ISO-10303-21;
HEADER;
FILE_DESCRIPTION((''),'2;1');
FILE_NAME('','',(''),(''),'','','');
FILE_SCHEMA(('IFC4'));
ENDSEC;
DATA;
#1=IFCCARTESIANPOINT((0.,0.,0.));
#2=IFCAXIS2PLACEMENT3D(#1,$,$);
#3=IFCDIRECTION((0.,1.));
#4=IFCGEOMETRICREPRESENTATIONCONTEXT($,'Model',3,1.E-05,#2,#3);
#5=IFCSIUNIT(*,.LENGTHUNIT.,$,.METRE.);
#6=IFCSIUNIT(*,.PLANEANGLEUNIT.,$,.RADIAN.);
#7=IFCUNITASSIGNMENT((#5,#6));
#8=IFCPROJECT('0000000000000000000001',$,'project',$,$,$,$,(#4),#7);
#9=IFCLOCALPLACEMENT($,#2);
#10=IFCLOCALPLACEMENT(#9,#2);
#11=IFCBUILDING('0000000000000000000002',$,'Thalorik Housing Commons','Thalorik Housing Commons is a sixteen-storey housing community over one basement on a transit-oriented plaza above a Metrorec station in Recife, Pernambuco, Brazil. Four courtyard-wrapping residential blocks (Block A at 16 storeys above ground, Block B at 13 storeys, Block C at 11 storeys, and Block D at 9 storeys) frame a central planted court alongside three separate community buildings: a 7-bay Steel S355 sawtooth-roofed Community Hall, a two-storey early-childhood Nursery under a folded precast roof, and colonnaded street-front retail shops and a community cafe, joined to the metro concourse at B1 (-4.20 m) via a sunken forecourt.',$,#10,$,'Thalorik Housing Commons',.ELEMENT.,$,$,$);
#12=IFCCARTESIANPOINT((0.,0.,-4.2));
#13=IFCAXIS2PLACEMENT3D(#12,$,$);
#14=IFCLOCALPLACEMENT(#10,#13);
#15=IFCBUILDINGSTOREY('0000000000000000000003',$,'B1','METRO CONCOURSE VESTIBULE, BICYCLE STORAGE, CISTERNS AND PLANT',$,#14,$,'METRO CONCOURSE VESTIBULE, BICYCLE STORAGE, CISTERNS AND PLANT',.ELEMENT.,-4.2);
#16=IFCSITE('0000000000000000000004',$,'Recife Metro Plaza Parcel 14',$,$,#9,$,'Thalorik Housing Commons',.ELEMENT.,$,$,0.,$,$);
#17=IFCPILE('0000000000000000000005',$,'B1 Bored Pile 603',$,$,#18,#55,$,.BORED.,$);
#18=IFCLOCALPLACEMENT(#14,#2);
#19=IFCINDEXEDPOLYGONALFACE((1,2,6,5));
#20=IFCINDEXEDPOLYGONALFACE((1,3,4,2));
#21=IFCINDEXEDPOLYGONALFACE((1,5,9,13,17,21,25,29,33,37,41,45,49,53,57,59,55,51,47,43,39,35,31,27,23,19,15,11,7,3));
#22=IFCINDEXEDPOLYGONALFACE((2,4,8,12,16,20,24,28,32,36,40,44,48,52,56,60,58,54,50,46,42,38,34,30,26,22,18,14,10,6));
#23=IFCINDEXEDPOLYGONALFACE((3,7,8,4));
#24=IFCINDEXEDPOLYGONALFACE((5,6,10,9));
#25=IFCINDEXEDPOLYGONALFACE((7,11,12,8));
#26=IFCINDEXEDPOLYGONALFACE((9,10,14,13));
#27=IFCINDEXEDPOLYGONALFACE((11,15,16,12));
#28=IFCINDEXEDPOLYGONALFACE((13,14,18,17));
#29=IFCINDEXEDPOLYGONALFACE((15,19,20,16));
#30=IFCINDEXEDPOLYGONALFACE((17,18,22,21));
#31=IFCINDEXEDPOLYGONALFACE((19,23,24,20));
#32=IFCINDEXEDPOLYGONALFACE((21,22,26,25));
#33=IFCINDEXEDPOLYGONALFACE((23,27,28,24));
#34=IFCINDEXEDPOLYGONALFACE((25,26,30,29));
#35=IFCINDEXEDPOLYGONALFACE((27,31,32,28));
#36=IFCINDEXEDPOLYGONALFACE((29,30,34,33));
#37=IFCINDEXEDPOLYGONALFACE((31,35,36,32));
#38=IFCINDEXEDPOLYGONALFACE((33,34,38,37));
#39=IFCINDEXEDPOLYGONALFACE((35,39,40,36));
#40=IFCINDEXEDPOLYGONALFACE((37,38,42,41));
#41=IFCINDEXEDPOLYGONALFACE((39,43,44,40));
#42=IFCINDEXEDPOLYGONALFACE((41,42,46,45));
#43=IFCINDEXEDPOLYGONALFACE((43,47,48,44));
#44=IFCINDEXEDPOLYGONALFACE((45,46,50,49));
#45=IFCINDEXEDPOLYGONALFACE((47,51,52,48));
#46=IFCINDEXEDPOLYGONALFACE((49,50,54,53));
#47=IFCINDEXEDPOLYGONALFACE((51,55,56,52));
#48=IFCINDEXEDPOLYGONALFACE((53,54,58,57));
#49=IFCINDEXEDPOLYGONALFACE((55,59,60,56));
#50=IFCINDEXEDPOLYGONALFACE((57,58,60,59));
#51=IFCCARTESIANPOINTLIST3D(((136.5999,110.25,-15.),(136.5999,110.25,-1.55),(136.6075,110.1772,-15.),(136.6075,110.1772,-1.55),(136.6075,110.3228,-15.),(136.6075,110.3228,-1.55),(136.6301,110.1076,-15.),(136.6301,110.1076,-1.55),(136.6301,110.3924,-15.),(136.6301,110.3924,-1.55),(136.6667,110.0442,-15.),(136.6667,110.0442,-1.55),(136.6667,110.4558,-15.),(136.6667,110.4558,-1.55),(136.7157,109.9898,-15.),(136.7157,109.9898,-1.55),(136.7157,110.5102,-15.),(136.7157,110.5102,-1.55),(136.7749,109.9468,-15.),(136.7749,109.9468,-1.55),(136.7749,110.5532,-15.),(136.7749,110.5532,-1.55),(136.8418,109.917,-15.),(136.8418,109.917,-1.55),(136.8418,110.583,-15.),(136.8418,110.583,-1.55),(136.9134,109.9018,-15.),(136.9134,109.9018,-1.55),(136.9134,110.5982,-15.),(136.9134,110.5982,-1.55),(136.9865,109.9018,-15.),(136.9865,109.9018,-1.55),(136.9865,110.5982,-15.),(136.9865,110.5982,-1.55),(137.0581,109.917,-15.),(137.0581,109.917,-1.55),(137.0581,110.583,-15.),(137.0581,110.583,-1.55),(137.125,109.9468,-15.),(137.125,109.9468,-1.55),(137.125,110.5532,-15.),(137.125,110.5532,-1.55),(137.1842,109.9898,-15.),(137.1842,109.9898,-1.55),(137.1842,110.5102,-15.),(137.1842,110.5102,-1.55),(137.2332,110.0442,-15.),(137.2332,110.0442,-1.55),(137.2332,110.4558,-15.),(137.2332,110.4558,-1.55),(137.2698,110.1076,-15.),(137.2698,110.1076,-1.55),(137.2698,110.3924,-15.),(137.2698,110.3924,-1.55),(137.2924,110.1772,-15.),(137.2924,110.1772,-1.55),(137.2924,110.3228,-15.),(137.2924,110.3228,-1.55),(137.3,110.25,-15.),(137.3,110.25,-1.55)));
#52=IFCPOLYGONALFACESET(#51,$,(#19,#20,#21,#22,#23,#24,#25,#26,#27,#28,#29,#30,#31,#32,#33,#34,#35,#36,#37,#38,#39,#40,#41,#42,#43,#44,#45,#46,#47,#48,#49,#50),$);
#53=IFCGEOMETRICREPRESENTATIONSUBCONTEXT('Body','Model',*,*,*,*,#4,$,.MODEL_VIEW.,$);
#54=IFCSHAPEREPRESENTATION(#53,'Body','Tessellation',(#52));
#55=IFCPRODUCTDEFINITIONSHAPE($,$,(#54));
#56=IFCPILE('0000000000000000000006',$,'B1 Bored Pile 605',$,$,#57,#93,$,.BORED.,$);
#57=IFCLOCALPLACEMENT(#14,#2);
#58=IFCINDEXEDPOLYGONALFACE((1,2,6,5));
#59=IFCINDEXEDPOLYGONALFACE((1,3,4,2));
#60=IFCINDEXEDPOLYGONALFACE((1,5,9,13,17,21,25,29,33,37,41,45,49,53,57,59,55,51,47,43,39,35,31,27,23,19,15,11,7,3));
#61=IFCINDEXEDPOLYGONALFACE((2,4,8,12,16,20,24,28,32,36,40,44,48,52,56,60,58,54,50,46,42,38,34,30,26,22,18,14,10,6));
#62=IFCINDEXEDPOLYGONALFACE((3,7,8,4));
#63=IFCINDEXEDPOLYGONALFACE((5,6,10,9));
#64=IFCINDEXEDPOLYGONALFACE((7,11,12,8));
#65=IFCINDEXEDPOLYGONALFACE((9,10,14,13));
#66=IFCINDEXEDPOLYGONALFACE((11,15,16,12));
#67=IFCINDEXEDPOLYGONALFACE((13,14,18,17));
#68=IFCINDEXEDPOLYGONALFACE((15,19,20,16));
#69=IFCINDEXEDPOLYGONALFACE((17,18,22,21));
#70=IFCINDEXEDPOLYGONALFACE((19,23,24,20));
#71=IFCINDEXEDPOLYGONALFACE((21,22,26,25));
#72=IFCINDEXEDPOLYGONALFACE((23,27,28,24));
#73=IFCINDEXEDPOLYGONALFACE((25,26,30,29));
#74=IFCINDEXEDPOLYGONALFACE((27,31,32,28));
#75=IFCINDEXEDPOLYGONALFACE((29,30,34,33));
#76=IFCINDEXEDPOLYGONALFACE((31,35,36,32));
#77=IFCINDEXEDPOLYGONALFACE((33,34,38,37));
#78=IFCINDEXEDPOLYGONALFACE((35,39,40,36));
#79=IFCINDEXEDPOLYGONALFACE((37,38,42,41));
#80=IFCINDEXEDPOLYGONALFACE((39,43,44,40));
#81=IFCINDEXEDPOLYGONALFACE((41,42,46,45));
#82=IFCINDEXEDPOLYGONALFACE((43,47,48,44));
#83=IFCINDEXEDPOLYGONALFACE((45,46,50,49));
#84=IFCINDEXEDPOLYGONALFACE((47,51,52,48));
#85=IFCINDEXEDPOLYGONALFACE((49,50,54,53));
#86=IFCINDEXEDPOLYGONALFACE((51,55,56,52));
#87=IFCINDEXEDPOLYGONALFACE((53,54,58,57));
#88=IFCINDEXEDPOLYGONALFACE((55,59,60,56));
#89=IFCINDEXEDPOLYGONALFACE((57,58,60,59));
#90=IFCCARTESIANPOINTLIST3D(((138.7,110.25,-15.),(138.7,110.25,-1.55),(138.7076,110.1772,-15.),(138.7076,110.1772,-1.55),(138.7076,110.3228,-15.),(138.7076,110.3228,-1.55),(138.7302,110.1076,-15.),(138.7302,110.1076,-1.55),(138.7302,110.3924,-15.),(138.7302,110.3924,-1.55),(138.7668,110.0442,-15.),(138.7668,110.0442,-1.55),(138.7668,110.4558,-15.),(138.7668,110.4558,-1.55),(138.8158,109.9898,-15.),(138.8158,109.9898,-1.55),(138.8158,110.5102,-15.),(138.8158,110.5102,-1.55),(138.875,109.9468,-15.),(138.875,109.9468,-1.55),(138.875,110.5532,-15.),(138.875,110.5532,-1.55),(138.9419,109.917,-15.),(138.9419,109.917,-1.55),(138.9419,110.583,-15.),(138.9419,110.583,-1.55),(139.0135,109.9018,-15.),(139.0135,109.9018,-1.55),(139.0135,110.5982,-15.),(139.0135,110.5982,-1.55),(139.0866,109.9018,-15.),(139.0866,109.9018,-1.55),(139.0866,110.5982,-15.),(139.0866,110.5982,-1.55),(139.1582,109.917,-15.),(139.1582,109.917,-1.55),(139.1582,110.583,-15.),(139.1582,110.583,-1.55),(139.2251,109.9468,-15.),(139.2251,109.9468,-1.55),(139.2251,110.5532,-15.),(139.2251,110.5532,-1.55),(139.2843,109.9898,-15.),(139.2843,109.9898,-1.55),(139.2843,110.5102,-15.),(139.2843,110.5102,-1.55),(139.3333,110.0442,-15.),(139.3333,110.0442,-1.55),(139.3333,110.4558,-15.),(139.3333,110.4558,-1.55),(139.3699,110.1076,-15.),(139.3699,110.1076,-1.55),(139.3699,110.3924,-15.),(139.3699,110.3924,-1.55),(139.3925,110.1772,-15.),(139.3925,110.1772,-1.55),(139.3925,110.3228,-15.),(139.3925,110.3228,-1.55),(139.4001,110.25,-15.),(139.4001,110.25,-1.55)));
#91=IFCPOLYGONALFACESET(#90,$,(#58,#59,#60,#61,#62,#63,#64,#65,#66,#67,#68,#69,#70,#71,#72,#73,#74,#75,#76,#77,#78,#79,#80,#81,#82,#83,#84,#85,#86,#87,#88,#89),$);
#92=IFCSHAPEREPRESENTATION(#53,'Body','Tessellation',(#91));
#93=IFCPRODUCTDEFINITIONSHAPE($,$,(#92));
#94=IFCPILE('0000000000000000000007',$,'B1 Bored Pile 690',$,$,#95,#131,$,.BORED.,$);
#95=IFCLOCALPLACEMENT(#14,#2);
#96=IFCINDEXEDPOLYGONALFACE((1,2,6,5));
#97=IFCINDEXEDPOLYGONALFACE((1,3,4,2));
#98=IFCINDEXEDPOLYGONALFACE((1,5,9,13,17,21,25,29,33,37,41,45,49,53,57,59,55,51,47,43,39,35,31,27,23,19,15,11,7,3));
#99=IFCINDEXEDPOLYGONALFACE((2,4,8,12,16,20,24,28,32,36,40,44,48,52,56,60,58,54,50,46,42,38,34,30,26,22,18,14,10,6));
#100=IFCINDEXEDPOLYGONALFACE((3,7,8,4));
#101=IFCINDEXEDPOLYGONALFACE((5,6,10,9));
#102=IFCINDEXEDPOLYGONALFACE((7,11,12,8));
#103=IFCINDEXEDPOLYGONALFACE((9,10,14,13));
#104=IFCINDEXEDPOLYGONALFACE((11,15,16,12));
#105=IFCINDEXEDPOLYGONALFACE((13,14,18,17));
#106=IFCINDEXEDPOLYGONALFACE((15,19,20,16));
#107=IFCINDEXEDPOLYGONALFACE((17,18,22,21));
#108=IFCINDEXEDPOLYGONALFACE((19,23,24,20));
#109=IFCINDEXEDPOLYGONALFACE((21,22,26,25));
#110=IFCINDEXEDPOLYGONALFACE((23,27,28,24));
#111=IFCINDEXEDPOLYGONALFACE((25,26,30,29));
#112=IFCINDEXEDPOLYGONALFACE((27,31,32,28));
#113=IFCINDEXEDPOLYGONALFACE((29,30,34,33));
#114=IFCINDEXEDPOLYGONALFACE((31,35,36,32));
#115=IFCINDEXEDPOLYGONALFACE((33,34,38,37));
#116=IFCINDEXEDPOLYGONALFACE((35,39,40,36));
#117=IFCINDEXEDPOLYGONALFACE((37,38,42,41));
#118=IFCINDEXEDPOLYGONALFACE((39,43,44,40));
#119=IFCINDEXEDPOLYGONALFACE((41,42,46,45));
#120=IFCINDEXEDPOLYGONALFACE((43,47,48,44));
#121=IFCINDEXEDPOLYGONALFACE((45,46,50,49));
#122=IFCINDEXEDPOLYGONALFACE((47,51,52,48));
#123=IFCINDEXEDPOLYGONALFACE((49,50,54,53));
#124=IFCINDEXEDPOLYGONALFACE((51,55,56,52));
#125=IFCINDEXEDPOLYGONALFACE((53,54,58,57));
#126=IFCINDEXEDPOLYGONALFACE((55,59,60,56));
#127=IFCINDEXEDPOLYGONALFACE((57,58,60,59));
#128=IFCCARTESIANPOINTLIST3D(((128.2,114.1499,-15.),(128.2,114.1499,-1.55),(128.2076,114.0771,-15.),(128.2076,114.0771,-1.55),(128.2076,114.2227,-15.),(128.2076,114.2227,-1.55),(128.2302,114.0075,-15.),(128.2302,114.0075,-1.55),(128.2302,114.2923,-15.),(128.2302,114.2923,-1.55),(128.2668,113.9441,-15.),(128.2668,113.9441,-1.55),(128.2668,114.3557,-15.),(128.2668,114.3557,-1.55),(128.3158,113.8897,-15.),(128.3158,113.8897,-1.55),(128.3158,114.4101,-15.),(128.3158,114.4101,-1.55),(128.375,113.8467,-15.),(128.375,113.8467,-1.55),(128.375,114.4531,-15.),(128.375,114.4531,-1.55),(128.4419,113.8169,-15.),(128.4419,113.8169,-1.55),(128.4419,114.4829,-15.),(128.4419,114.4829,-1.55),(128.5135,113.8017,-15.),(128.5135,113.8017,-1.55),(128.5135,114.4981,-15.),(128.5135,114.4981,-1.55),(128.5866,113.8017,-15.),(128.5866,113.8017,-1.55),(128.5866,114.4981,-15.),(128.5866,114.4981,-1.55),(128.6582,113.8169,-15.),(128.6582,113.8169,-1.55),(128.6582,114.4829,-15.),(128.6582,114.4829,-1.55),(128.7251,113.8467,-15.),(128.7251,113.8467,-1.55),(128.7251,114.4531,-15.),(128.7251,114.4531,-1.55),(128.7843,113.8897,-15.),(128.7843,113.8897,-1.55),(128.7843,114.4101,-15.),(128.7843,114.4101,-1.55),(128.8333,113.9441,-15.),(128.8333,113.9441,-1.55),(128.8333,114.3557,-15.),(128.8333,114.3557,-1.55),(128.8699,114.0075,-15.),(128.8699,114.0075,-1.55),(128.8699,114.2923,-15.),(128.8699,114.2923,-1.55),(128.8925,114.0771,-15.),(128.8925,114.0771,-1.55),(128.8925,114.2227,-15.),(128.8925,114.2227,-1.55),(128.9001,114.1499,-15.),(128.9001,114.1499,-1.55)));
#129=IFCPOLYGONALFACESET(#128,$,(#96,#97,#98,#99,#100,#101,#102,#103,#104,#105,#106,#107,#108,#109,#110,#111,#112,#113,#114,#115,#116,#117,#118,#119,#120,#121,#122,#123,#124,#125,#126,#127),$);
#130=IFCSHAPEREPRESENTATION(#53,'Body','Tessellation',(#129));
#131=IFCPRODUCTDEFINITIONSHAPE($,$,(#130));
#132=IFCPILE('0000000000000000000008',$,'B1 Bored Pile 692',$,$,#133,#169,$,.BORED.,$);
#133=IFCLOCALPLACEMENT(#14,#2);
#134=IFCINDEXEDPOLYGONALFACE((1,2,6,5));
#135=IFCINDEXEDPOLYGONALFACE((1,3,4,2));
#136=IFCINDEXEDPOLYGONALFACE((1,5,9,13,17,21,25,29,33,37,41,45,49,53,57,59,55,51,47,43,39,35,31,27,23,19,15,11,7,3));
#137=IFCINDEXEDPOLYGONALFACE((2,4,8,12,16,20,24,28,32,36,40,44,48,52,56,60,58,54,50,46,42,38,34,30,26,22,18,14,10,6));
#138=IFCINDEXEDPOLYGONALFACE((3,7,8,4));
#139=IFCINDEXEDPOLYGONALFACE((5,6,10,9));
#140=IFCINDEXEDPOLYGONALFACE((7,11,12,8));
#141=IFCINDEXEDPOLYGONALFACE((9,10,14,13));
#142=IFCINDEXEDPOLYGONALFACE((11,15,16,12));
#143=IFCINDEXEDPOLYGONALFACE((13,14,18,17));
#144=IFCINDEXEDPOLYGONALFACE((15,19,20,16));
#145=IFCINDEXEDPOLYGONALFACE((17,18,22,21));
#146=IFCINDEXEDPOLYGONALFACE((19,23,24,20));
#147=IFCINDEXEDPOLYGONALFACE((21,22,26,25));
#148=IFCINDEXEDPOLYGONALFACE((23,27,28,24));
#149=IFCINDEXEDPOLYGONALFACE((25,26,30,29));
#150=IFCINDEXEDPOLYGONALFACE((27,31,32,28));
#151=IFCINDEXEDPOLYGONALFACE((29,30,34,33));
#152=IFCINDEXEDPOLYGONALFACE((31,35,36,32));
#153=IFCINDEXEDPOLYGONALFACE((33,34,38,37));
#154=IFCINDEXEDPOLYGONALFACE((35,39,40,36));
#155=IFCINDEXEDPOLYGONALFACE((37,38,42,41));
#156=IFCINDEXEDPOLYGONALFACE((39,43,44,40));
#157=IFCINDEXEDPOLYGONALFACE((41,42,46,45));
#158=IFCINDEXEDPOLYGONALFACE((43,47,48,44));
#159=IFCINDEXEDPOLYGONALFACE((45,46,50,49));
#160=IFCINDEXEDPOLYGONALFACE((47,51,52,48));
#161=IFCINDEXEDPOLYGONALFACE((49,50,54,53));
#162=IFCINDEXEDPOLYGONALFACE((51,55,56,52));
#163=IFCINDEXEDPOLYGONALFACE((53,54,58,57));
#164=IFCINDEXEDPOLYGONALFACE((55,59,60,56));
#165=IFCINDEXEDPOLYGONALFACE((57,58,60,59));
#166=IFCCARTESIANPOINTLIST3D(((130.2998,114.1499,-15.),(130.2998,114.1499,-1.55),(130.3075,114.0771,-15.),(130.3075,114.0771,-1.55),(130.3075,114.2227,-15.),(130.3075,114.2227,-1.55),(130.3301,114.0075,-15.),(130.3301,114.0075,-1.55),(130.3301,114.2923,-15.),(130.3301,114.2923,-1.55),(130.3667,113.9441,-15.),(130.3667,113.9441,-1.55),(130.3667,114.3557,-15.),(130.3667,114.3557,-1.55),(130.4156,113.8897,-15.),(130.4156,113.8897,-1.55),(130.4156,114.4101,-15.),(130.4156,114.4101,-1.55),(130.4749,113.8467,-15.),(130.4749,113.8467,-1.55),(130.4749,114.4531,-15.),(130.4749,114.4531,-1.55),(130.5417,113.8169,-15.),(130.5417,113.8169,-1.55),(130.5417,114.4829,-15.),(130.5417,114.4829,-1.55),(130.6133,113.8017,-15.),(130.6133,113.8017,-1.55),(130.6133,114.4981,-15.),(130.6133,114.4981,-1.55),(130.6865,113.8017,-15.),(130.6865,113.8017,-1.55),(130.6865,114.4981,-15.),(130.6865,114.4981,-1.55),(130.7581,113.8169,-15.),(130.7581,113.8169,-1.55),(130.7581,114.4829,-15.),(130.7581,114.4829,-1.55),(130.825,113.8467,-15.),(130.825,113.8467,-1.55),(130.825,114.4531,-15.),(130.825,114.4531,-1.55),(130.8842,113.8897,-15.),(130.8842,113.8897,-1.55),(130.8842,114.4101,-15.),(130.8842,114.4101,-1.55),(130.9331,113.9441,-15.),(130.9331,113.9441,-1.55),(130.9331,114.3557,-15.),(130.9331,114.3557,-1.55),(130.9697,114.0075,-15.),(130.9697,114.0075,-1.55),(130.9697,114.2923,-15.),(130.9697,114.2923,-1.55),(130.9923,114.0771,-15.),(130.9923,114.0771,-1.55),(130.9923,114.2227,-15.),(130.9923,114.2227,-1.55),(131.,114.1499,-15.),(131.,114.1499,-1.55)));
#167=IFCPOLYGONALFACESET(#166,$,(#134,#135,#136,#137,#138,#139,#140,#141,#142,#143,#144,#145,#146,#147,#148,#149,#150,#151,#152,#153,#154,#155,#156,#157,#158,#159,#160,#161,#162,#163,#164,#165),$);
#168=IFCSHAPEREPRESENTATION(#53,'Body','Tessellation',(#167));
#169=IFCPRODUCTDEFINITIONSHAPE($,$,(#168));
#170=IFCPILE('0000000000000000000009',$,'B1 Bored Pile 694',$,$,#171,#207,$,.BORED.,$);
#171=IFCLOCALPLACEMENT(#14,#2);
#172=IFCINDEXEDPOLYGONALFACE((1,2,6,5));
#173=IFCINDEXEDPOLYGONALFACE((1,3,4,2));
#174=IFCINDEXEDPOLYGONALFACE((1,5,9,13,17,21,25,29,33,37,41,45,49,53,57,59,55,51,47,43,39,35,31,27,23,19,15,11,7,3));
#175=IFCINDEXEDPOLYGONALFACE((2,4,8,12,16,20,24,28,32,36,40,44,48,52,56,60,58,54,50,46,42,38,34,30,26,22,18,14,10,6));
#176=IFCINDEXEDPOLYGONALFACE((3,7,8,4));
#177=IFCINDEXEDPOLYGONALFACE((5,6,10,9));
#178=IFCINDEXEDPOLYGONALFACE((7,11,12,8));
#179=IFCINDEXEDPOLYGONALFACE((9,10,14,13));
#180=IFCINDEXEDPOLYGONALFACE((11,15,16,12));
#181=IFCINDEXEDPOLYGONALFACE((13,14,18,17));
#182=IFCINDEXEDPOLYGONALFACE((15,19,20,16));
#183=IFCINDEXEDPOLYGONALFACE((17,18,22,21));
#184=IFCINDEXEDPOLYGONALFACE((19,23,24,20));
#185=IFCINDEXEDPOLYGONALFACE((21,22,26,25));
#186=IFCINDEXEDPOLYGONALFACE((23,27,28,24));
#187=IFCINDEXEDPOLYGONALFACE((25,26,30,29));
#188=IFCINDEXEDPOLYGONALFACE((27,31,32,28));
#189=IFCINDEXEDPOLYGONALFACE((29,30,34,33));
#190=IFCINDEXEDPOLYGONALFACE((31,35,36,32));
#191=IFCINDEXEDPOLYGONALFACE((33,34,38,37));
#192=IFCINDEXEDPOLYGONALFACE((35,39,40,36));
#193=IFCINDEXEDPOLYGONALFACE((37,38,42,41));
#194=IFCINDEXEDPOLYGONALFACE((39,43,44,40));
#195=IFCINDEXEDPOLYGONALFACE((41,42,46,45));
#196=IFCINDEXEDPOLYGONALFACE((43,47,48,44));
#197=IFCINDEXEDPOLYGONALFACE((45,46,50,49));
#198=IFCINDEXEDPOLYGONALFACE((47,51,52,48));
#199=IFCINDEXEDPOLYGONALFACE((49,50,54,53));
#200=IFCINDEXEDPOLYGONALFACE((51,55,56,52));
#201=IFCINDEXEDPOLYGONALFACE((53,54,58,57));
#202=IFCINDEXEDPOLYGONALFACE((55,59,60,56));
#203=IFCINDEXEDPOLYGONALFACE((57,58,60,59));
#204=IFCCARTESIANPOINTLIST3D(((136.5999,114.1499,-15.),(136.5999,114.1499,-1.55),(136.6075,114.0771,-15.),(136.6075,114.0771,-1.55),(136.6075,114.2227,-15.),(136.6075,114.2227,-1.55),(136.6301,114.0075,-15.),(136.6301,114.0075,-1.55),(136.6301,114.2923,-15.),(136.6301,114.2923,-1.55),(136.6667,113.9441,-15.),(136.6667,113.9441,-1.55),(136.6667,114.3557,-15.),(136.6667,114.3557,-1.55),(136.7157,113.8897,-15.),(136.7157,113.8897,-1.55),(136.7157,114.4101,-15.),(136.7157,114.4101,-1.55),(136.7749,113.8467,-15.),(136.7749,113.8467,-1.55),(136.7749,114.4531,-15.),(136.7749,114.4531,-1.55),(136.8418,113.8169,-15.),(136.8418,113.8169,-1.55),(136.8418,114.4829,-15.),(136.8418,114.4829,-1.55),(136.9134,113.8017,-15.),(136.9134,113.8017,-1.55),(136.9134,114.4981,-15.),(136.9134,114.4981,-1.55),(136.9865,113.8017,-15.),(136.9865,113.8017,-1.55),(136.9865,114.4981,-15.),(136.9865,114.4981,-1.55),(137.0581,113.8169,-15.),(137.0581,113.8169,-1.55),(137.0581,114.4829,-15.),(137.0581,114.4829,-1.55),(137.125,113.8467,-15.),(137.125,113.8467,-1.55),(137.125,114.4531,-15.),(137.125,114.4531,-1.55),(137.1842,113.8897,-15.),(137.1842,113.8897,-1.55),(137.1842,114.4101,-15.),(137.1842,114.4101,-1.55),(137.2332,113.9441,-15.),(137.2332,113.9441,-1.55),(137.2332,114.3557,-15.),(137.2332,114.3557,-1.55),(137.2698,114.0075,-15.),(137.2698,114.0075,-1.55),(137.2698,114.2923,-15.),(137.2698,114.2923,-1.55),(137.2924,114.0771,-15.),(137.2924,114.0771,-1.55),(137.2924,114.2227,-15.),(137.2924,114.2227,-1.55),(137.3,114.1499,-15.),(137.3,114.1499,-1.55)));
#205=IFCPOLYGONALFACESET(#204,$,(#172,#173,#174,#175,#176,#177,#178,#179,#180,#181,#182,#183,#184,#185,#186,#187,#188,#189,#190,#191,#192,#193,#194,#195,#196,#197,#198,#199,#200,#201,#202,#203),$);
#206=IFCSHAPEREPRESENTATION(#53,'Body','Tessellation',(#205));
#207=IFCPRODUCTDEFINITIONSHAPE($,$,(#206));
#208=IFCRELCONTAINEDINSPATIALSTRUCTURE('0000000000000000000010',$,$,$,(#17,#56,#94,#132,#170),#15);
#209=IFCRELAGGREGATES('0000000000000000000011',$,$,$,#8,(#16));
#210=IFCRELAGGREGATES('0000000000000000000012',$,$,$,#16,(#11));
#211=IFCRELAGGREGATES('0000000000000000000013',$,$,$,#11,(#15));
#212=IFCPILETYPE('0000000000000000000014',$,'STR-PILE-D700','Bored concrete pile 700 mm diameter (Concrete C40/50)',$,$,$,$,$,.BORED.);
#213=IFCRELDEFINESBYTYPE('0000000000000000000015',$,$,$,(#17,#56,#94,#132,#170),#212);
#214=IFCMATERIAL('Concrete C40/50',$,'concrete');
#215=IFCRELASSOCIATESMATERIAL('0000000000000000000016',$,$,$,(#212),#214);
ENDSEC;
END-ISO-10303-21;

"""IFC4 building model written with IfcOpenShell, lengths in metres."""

from ifc_helpers import new_model, si_unit, direction, frame, origin, origin_2d, place, context, subcontext, project, spatial, circle, extrude, material, material_profile, profile_set, type_object, element, save


model = new_model("IFC4")

# Units and contexts
model_context = context("Model", 3, precision=1e-05, world=origin(), true_north=direction((0.0, 1.0)))
body_context = subcontext(model_context, "Body", "Model", "MODEL_VIEW")
ifc_project = project(units=[si_unit("LENGTHUNIT", "METRE"), si_unit("PLANEANGLEUNIT", "RADIAN")], contexts=[model_context])

# Site, building, storey
site_placement = place(None, origin())
site = spatial("IfcSite", under=ifc_project, at=site_placement, Name="Recife Metro Plaza Parcel 14", LongName="Thalorik Housing Commons", CompositionType="ELEMENT", RefElevation=0.0)
building_placement = place(site_placement, origin())
building = spatial("IfcBuilding", under=site, at=building_placement, Name="Thalorik Housing Commons", Description="Thalorik Housing Commons is a sixteen-storey housing community over one basement on a transit-oriented plaza above a Metrorec station in Recife, Pernambuco, Brazil. Four courtyard-wrapping residential blocks (Block A at 16 storeys above ground, Block B at 13 storeys, Block C at 11 storeys, and Block D at 9 storeys) frame a central planted court alongside three separate community buildings: a 7-bay Steel S355 sawtooth-roofed Community Hall, a two-storey early-childhood Nursery under a folded precast roof, and colonnaded street-front retail shops and a community cafe, joined to the metro concourse at B1 (-4.20 m) via a sunken forecourt.", LongName="Thalorik Housing Commons", CompositionType="ELEMENT")
storey_placement = place(building_placement, frame((0.0, 0.0, -4.2)))
storey = spatial("IfcBuildingStorey", under=building, at=storey_placement, Name="B1", Description="METRO CONCOURSE VESTIBULE, BICYCLE STORAGE, CISTERNS AND PLANT", LongName="METRO CONCOURSE VESTIBULE, BICYCLE STORAGE, CISTERNS AND PLANT", CompositionType="ELEMENT", Elevation=-4.2)

# Shared definitions
ifc_material_1 = material(Name="Concrete C40/50", Category="concrete")

# Piles
ifc_material_profile_1 = material_profile(ifc_material_1, circle(Radius=0.3501, at=origin_2d()), Name="BORED PILE D700", Category="concrete")
ifc_profile_set_1 = profile_set([ifc_material_profile_1], Name="Concrete C40/50")
pile_type = type_object("IfcPileType", Name="STR-PILE-D700", Description="Bored concrete pile 700 mm diameter (Concrete C40/50)", PredefinedType="BORED", material=ifc_profile_set_1)
for number, where, z_axis, x_axis, name in (
    (1, (136.95, 110.25, -1.55), (0.0, 0.0, -1.0), (1.0, 0.0, 0.0), "B1 Bored Pile 603"),
    (2, (139.05, 110.25, -1.55), (0.0, 0.0, -1.0), (1.0, 0.0, 0.0), "B1 Bored Pile 605"),
    (3, (128.55, 114.1499, -1.55), (0.0, 0.0, -1.0), (1.0, 0.0, 0.0), "B1 Bored Pile 690"),
    (4, (130.6499, 114.1499, -1.55), (0.0, 0.0, -1.0), (1.0, 0.0, 0.0), "B1 Bored Pile 692"),
    (5, (136.95, 114.1499, -1.55), (0.0, 0.0, -1.0), (1.0, 0.0, 0.0), "B1 Bored Pile 694"),
):
    element("IfcPile", number, at=place(storey_placement, frame(where, z_axis=z_axis, x_axis=x_axis)), inside=storey, type_object=pile_type, Name=name, PredefinedType="BORED", context=body_context, shape_type="SweptSolid", body=[
        extrude(circle(Radius=0.3501, at=origin_2d()), origin(), (0.0, 0.0, 1.0), 13.45),
    ])

save(model, "model.ifc")
